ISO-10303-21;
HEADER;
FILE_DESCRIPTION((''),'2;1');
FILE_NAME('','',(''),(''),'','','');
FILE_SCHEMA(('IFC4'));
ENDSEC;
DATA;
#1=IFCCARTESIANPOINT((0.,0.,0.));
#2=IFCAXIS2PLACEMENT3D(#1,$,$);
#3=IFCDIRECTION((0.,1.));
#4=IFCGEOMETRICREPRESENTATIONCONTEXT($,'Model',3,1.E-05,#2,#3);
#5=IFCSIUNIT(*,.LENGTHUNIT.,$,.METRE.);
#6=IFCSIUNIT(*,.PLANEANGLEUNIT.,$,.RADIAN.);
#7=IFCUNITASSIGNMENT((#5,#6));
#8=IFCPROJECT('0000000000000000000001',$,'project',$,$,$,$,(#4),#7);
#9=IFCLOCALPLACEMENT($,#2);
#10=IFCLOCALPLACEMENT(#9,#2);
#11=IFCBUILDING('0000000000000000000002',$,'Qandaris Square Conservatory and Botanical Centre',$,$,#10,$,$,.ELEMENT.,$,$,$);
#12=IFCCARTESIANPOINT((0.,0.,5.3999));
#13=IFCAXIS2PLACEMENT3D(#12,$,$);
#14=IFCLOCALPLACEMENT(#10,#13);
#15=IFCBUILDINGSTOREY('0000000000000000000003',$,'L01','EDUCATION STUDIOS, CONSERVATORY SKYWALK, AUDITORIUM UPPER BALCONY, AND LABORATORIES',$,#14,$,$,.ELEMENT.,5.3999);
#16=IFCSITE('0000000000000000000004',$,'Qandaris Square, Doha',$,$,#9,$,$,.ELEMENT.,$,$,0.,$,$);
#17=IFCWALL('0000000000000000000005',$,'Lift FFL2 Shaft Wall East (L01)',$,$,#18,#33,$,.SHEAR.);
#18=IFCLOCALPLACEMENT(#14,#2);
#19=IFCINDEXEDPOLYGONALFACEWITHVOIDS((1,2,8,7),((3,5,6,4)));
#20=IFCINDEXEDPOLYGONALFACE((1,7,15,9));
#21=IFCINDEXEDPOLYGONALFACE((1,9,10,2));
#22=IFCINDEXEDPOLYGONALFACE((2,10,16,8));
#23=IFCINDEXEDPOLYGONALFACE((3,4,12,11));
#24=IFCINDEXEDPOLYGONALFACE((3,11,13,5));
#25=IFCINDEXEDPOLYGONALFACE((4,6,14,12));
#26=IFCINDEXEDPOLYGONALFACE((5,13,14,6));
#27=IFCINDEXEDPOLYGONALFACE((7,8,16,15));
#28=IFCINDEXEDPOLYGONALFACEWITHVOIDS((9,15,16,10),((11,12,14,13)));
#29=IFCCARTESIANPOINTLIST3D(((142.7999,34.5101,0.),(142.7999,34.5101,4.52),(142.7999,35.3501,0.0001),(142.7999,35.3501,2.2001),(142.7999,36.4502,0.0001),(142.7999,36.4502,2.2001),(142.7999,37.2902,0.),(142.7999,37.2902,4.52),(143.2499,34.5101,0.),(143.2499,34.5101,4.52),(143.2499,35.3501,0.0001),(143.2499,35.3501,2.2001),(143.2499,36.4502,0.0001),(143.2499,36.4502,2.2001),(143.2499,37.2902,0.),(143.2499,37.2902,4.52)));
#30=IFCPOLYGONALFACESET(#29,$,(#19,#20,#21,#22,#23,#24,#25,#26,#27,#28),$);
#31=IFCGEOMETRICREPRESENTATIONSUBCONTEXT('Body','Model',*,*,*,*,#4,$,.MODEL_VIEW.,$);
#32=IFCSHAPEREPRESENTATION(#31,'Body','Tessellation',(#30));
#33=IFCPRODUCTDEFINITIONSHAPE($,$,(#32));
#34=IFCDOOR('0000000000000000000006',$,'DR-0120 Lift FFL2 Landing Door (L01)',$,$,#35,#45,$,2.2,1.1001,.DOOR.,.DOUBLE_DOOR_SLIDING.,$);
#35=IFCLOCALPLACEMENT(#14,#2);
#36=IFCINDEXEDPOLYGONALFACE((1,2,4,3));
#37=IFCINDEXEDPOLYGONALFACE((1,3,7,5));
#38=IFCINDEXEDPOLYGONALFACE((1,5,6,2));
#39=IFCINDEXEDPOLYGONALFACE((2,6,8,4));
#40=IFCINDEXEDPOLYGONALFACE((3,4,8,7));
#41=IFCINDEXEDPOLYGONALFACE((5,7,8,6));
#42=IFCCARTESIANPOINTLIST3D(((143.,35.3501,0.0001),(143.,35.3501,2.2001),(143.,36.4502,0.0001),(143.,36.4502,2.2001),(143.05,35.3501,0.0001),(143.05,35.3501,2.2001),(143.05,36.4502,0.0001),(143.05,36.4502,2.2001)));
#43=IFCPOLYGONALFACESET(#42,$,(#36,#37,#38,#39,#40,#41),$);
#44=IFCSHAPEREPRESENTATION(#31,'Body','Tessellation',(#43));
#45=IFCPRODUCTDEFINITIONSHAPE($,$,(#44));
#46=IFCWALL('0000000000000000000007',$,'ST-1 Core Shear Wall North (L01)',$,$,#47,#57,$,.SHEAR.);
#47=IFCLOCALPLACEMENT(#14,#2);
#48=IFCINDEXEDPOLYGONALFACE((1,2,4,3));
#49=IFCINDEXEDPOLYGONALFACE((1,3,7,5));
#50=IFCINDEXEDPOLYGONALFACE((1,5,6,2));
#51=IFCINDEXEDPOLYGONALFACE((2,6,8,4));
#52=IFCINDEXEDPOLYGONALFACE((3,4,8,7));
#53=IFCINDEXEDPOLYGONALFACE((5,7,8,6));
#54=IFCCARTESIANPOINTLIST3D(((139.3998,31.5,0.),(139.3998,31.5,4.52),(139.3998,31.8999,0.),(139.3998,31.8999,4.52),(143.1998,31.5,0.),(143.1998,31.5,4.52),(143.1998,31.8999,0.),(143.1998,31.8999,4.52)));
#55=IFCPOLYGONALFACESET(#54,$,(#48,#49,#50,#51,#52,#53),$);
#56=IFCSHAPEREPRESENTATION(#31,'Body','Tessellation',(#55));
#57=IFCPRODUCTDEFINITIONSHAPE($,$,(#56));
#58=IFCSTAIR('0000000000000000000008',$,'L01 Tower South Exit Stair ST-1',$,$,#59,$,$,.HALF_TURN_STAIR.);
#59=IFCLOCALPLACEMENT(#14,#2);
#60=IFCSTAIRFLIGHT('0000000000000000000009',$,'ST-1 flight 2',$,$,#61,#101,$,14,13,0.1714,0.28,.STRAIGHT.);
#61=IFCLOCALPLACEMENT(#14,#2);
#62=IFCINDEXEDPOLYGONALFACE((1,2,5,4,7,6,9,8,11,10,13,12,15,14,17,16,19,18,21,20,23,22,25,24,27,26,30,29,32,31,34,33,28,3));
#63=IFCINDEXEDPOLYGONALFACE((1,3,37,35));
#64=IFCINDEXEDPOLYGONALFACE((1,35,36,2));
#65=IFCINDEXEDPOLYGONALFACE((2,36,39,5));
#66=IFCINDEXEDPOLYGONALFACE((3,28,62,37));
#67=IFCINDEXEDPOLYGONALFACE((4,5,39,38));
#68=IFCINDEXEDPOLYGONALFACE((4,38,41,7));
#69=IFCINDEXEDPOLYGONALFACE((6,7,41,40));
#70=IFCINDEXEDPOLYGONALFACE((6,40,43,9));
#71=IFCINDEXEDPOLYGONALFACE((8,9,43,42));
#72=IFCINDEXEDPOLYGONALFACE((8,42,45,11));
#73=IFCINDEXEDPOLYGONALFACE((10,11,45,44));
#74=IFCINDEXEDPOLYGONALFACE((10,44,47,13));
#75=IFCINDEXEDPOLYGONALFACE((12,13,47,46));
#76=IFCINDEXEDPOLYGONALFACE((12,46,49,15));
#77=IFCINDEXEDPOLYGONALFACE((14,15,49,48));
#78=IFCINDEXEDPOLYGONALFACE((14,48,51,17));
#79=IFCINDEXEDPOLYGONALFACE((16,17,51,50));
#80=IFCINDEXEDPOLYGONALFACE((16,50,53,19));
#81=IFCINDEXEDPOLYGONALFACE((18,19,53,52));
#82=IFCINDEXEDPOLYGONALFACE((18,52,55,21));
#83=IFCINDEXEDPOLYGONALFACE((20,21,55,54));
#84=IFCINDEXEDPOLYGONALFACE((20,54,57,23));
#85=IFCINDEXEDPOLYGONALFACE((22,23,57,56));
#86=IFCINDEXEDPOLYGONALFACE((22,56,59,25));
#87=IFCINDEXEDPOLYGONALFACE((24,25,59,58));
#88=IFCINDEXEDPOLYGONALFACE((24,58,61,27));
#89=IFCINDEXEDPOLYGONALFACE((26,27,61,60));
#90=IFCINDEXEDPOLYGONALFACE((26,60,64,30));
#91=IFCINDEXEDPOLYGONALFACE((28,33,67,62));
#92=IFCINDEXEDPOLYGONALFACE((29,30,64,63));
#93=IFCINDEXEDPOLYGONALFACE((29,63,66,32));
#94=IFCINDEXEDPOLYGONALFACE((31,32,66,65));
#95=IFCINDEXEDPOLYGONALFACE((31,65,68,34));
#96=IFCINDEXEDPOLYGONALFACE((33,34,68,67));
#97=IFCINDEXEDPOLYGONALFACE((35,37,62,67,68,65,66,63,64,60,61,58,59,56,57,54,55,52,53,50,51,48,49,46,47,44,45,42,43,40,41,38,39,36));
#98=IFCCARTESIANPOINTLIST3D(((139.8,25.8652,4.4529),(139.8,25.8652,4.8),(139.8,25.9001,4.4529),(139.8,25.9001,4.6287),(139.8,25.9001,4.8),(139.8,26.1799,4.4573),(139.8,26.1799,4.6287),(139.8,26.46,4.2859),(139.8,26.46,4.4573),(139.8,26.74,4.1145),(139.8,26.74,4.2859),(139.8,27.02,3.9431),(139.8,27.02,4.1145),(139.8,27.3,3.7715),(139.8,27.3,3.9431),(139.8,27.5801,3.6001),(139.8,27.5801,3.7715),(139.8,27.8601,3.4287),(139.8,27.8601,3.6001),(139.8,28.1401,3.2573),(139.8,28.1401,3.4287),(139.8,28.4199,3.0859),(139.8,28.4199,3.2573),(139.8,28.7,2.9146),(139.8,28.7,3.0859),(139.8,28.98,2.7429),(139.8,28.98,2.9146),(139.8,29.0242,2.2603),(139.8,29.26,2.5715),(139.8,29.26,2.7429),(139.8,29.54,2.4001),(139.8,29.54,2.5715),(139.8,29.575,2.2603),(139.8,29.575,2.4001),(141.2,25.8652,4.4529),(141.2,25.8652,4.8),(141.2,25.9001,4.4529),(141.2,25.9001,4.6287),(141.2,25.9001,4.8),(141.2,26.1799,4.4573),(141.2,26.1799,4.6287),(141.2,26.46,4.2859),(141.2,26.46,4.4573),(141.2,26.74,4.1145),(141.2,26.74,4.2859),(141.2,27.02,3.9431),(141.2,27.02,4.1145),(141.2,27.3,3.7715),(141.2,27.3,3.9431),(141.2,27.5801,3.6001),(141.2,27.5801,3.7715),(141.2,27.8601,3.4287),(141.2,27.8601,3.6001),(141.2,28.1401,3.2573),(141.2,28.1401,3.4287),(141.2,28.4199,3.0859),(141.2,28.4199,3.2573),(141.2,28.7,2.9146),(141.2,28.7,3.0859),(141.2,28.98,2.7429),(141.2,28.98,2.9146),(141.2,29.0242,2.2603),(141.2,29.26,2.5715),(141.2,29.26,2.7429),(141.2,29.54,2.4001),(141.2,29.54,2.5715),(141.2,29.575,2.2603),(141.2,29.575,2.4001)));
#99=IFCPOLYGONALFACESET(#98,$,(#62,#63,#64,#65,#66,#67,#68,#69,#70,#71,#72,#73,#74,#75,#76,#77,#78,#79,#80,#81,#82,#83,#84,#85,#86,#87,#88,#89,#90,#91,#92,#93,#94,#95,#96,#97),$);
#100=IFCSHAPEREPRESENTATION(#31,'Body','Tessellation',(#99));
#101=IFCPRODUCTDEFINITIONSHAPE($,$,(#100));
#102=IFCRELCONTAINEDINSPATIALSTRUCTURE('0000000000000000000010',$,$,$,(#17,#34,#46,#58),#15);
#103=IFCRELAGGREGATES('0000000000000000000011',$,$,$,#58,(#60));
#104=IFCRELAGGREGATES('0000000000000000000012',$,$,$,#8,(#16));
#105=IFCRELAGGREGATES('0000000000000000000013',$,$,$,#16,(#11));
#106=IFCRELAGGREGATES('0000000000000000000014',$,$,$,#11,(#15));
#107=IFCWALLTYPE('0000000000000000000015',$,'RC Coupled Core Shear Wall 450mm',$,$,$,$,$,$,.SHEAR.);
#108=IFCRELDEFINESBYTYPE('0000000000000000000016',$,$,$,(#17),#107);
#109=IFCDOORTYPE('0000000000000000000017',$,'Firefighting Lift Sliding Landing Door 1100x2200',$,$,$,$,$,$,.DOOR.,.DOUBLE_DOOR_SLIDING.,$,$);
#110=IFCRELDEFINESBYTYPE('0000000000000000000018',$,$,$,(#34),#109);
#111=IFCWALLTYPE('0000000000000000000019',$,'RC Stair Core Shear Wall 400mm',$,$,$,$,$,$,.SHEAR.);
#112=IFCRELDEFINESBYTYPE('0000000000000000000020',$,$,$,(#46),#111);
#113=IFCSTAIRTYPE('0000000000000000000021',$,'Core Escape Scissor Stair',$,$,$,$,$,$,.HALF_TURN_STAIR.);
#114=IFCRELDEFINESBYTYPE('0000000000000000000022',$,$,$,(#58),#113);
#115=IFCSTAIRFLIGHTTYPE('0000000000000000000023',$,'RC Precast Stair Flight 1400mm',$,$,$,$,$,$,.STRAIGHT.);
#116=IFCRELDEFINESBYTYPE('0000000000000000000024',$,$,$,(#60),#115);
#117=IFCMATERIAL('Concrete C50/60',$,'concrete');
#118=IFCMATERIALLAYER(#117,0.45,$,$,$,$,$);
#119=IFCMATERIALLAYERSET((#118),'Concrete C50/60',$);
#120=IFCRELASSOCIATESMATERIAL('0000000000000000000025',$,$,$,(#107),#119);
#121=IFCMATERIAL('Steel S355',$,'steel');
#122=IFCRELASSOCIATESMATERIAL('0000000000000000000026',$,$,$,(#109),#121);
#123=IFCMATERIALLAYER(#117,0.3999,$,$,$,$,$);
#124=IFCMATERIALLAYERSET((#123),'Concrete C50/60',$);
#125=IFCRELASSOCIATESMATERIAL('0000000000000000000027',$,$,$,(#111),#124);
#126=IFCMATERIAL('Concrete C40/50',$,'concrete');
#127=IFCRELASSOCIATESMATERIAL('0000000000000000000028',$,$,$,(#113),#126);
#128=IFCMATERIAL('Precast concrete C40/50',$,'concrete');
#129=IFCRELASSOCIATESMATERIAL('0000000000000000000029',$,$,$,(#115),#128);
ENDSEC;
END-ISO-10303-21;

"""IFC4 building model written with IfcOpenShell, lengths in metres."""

from ifc_helpers import new_model, si_unit, direction, frame, frame_2d, origin, place, context, subcontext, project, spatial, polyline, rectangle, outline, extrude, material, layer, layer_set, type_object, element, fill, aggregate, save


model = new_model("IFC4")

# Units and contexts
model_context = context("Model", 3, precision=1e-05, world=origin(), true_north=direction((0.0, 1.0)))
body_context = subcontext(model_context, "Body", "Model", "MODEL_VIEW")
ifc_project = project(units=[si_unit("LENGTHUNIT", "METRE"), si_unit("PLANEANGLEUNIT", "RADIAN")], contexts=[model_context])

# Site, building, storey
site_placement = place(None, origin())
site = spatial("IfcSite", under=ifc_project, at=site_placement, Name="Qandaris Square, Doha", CompositionType="ELEMENT", RefElevation=0.0)
building_placement = place(site_placement, origin())
building = spatial("IfcBuilding", under=site, at=building_placement, Name="Qandaris Square Conservatory and Botanical Centre", CompositionType="ELEMENT")
storey_placement = place(building_placement, frame((0.0, 0.0, 5.3999)))
storey = spatial("IfcBuildingStorey", under=building, at=storey_placement, Name="L01", Description="EDUCATION STUDIOS, CONSERVATORY SKYWALK, AUDITORIUM UPPER BALCONY, AND LABORATORIES", CompositionType="ELEMENT", Elevation=5.3999)

# Shared definitions
ifc_material_1 = material(Name="Steel S355", Category="steel")

# Shared definitions
ifc_material_2 = material(Name="Concrete C40/50", Category="concrete")
ifc_material_3 = material(Name="Concrete C50/60", Category="concrete")
ifc_layer_1 = layer(ifc_material_3, 0.45)
ifc_layer_set_1 = layer_set([ifc_layer_1], Name="Concrete C50/60")
wall_type_1 = type_object("IfcWallType", Name="RC Coupled Core Shear Wall 450mm", PredefinedType="SHEAR", material=ifc_layer_set_1)

# Shared definitions
door_type = type_object("IfcDoorType", Name="Firefighting Lift Sliding Landing Door 1100x2200", OperationType="DOUBLE_DOOR_SLIDING", PredefinedType="DOOR", material=ifc_material_1)

# Wall, opening, door
wall_1_placement = place(storey_placement, frame((143.0249, 34.51, 0.0), z_axis=(0.0, 0.0, 1.0), x_axis=(0.0, 1.0, 0.0)))
wall_1 = element("IfcWall", 1, at=wall_1_placement, inside=storey, type_object=wall_type_1, Name="Lift FFL2 Shaft Wall East (L01)", PredefinedType="SHEAR", context=body_context, shape_type="SweptSolid", body=[
    extrude(rectangle(XDim=2.78, YDim=0.45, at=frame_2d((1.3901, 0.0))), origin(), (0.0, 0.0, 1.0), 4.52),
])
opening_1_placement = place(wall_1_placement, frame((0.8401, 0.0, 0.0)))
opening_1 = element("IfcOpeningElement", 2, at=opening_1_placement, cuts=wall_1, PredefinedType="OPENING", context=body_context, shape_type="SweptSolid", body=[
    extrude(rectangle(XDim=1.1001, YDim=2.2, at=frame_2d((0.55, 1.1001))), frame((0.0, 0.2368, 0.0), z_axis=(0.0, -1.0, 0.0), x_axis=(1.0, 0.0, 0.0)), (0.0, 0.0, 1.0), 0.4739),
])
door_1_placement = place(opening_1_placement, origin())
door_1 = element("IfcDoor", 3, at=door_1_placement, inside=storey, type_object=door_type, Name="DR-0120 Lift FFL2 Landing Door (L01)", OperationType="DOUBLE_DOOR_SLIDING", OverallHeight=2.2, OverallWidth=1.1001, PredefinedType="DOOR", context=body_context, shape_type="SweptSolid", body=[
    extrude(rectangle(XDim=1.1001, YDim=2.2, at=frame_2d((0.55, 1.1001))), frame((0.0, 0.0249, 0.0), z_axis=(0.0, -1.0, 0.0), x_axis=(1.0, 0.0, 0.0)), (0.0, 0.0, 1.0), 0.05),
])
fill(opening_1, door_1)

# Wall
ifc_layer_2 = layer(ifc_material_3, 0.3999)
ifc_layer_set_2 = layer_set([ifc_layer_2], Name="Concrete C50/60")
wall_type_2 = type_object("IfcWallType", Name="RC Stair Core Shear Wall 400mm", PredefinedType="SHEAR", material=ifc_layer_set_2)
wall_2_placement = place(storey_placement, frame((139.3999, 31.7, 0.0), z_axis=(0.0, 0.0, 1.0), x_axis=(1.0, 0.0, 0.0)))
element("IfcWall", 4, at=wall_2_placement, inside=storey, type_object=wall_type_2, Name="ST-1 Core Shear Wall North (L01)", PredefinedType="SHEAR", context=body_context, shape_type="SweptSolid", body=[
    extrude(rectangle(XDim=3.8, YDim=0.3999, at=frame_2d((1.8999, 0.0))), origin(), (0.0, 0.0, 1.0), 4.52),
])

# Stair, stair flight
stair_type = type_object("IfcStairType", Name="Core Escape Scissor Stair", PredefinedType="HALF_TURN_STAIR", material=ifc_material_2)
stair_placement = place(storey_placement, origin())
stair = element("IfcStair", 5, at=stair_placement, inside=storey, type_object=stair_type, Name="L01 Tower South Exit Stair ST-1", PredefinedType="HALF_TURN_STAIR")
ifc_material_4 = material(Name="Precast concrete C40/50", Category="concrete")
stair_flight_type = type_object("IfcStairFlightType", Name="RC Precast Stair Flight 1400mm", PredefinedType="STRAIGHT", material=ifc_material_4)
stair_flight_placement = place(storey_placement, frame((140.5, 29.54, 2.4001), z_axis=(0.0, 0.0, 1.0), x_axis=(0.0, -1.0, 0.0)))
stair_flight = element("IfcStairFlight", 6, at=stair_flight_placement, type_object=stair_flight_type, Name="ST-1 flight 2", NumberOfRisers=14, NumberOfTreads=13, PredefinedType="STRAIGHT", RiserHeight=0.1714, TreadLength=0.28, context=body_context, shape_type="SweptSolid", body=[
    extrude(outline(polyline([(-0.0349, 0.0), (0.0, 0.0), (0.0, 0.1714), (0.28, 0.1714), (0.28, 0.3428), (0.5601, 0.3428), (0.5601, 0.5144), (0.8401, 0.5144), (0.8401, 0.6858), (1.1201, 0.6858), (1.1201, 0.8572), (1.3999, 0.8572), (1.3999, 1.0286), (1.6799, 1.0286), (1.6799, 1.2), (1.96, 1.2), (1.96, 1.3713), (2.24, 1.3713), (2.24, 1.543), (2.52, 1.543), (2.52, 1.7144), (2.8, 1.7144), (2.8, 1.8857), (3.0801, 1.8857), (3.0801, 2.0571), (3.3601, 2.0571), (3.3601, 2.2285), (3.6399, 2.2285), (3.6399, 2.3999), (3.6748, 2.3999), (3.6748, 2.0527), (3.6399, 2.0527), (0.5159, -0.1399), (-0.0349, -0.1399), (-0.0349, 0.0)])), frame((0.0, 0.7, 0.0), z_axis=(0.0, -1.0, 0.0), x_axis=(1.0, 0.0, 0.0)), (0.0, 0.0, 1.0), 1.3999),
])
aggregate(stair, [stair_flight])

save(model, "model.ifc")
